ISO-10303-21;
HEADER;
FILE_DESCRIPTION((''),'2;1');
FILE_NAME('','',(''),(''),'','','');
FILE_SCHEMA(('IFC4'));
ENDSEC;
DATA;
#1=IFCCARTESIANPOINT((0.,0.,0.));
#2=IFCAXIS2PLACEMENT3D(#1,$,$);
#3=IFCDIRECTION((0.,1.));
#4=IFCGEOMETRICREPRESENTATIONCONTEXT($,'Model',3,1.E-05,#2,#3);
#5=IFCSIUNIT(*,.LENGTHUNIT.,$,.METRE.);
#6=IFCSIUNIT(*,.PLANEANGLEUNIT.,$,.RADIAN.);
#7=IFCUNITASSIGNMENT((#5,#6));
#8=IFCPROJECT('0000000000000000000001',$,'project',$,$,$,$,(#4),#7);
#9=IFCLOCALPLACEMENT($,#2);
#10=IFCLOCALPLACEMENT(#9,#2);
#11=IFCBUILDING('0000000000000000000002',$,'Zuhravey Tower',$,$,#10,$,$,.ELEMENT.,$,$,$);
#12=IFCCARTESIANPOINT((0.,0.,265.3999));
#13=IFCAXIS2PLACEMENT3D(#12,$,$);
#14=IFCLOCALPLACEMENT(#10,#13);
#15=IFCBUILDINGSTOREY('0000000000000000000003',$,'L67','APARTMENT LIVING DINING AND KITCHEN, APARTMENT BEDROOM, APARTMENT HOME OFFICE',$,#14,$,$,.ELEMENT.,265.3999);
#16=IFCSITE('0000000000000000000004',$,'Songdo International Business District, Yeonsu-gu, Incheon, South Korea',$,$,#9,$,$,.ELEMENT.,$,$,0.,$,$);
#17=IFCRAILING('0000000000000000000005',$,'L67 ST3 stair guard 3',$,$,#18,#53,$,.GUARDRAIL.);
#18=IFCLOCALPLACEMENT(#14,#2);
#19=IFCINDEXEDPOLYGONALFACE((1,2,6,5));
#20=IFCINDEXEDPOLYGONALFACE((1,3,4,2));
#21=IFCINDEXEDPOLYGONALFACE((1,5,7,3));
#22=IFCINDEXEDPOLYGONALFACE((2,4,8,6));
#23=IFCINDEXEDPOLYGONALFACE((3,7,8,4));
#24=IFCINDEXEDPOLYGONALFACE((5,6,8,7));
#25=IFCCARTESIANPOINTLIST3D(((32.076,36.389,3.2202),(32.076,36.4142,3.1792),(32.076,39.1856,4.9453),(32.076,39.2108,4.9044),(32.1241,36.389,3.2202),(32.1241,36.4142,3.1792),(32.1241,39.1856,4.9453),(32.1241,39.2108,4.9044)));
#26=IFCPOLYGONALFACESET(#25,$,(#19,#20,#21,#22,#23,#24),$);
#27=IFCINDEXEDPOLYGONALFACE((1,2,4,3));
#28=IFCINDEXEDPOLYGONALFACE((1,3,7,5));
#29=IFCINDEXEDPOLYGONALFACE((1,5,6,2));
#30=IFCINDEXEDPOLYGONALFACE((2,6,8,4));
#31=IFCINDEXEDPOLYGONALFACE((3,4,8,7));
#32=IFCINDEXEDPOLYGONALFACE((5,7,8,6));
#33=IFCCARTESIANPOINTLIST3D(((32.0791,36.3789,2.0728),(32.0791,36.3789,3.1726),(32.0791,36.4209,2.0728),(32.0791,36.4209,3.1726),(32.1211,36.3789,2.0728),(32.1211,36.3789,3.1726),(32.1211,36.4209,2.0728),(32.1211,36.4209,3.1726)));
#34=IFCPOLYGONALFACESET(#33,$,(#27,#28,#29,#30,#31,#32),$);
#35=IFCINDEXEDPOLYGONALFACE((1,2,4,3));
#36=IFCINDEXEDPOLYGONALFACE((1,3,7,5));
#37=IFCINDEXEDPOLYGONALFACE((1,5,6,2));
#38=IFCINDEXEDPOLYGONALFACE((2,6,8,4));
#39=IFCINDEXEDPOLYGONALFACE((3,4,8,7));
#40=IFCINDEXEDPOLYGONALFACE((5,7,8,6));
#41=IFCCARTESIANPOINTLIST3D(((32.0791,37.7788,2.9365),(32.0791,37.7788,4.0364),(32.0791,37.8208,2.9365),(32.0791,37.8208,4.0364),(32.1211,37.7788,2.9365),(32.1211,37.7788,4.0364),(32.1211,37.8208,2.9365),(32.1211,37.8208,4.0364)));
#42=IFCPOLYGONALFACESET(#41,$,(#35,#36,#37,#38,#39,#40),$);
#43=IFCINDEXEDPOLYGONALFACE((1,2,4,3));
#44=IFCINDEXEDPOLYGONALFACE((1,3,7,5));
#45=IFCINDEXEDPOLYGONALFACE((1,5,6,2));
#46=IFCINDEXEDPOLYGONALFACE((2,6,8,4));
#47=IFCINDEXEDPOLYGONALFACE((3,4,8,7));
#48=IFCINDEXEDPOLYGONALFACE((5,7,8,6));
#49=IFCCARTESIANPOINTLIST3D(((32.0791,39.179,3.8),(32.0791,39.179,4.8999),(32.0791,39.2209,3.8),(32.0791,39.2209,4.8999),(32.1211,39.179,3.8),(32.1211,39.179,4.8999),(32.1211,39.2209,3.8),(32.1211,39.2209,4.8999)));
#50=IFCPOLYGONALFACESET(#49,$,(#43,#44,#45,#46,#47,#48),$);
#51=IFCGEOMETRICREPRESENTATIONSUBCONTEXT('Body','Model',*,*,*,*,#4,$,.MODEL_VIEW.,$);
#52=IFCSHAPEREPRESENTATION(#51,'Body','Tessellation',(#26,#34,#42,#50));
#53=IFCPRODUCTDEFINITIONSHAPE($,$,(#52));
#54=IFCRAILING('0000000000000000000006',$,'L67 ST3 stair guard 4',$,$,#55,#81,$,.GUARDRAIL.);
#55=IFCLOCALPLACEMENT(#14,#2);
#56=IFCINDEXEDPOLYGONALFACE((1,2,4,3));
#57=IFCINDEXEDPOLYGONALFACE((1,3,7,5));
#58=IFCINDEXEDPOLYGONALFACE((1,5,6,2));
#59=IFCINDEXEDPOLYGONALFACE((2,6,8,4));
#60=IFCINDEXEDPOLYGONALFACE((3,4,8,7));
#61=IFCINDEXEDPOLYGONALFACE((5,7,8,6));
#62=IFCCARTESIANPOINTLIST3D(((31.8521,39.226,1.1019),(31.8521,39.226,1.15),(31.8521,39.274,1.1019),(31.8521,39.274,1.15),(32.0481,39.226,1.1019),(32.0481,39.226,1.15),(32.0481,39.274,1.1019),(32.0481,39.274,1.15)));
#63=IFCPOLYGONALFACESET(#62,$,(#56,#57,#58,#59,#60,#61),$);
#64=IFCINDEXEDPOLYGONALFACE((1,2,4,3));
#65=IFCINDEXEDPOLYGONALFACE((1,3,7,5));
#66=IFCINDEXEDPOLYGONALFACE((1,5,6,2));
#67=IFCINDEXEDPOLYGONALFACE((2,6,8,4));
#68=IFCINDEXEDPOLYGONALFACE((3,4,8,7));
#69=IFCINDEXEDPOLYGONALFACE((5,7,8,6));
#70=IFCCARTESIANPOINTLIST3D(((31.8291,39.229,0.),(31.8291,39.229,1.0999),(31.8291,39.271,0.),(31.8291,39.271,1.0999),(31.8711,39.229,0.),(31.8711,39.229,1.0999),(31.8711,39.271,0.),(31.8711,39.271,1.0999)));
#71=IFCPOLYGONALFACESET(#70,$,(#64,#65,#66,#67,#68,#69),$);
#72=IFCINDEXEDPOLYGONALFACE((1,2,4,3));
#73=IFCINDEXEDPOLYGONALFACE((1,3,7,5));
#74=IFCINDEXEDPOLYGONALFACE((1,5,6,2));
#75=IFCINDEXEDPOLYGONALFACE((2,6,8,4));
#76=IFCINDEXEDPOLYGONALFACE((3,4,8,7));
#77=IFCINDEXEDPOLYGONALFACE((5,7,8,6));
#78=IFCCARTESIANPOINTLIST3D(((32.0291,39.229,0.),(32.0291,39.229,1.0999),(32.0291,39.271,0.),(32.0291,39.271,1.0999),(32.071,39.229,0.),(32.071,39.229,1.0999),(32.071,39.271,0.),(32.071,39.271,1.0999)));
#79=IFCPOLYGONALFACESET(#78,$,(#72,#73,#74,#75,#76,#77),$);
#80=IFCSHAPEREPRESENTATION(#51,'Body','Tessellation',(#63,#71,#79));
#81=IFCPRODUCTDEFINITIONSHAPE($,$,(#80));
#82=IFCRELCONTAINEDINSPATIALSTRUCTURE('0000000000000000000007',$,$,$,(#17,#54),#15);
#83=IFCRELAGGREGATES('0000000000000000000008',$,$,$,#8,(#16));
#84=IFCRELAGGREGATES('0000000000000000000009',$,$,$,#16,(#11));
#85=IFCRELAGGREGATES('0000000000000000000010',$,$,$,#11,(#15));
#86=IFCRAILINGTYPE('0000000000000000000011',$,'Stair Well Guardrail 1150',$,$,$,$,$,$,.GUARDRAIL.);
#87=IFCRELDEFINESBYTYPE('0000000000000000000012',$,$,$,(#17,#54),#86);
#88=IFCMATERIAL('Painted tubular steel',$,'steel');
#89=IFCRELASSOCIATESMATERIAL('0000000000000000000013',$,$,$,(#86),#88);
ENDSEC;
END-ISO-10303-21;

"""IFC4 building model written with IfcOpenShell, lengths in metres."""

from ifc_helpers import new_model, si_unit, direction, frame, origin, origin_2d, place, context, subcontext, project, spatial, rectangle, extrude, material, type_object, element, save


model = new_model("IFC4")

# Units and contexts
model_context = context("Model", 3, precision=1e-05, world=origin(), true_north=direction((0.0, 1.0)))
body_context = subcontext(model_context, "Body", "Model", "MODEL_VIEW")
ifc_project = project(units=[si_unit("LENGTHUNIT", "METRE"), si_unit("PLANEANGLEUNIT", "RADIAN")], contexts=[model_context])

# Site, building, storey
site_placement = place(None, origin())
site = spatial("IfcSite", under=ifc_project, at=site_placement, Name="Songdo International Business District, Yeonsu-gu, Incheon, South Korea", CompositionType="ELEMENT", RefElevation=0.0)
building_placement = place(site_placement, origin())
building = spatial("IfcBuilding", under=site, at=building_placement, Name="Zuhravey Tower", CompositionType="ELEMENT")
storey_placement = place(building_placement, frame((0.0, 0.0, 265.3999)))
storey = spatial("IfcBuildingStorey", under=building, at=storey_placement, Name="L67", Description="APARTMENT LIVING DINING AND KITCHEN, APARTMENT BEDROOM, APARTMENT HOME OFFICE", CompositionType="ELEMENT", Elevation=265.3999)

# Railings
ifc_material_1 = material(Name="Painted tubular steel", Category="steel")
railing_type_1 = type_object("IfcRailingType", Name="Stair Well Guardrail 1150", PredefinedType="GUARDRAIL", material=ifc_material_1)
railing_1_placement = place(storey_placement, frame((32.1001, 36.3999, 2.0728)))
element("IfcRailing", 1, at=railing_1_placement, inside=storey, type_object=railing_type_1, Name="L67 ST3 stair guard 3", PredefinedType="GUARDRAIL", context=body_context, shape_type="SweptSolid", body=[
    extrude(rectangle(XDim=0.0481, YDim=0.0481, at=origin_2d()), frame((0.0, 0.0017, 1.127), z_axis=(0.0, 0.85109, 0.52502), x_axis=(-1.0, 0.0, 0.0)), (0.0, 0.0, 1.0), 3.2859),
    extrude(rectangle(XDim=0.042, YDim=0.042, at=origin_2d()), origin(), (0.0, 0.0, 1.0), 1.0999),
    extrude(rectangle(XDim=0.042, YDim=0.042, at=origin_2d()), frame((0.0, 1.3999, 0.8638)), (0.0, 0.0, 1.0), 1.0999),
    extrude(rectangle(XDim=0.042, YDim=0.042, at=origin_2d()), frame((0.0, 2.8, 1.7273)), (0.0, 0.0, 1.0), 1.0999),
])
railing_2_placement = place(storey_placement, frame((31.8501, 39.25, 0.0)))
element("IfcRailing", 2, at=railing_2_placement, inside=storey, type_object=railing_type_1, Name="L67 ST3 stair guard 4", PredefinedType="GUARDRAIL", context=body_context, shape_type="SweptSolid", body=[
    extrude(rectangle(XDim=0.0481, YDim=0.0481, at=origin_2d()), frame((0.002, 0.0, 1.126), z_axis=(1.0, 0.0, 0.0), x_axis=(0.0, 1.0, 0.0)), (0.0, 0.0, 1.0), 0.196),
    extrude(rectangle(XDim=0.042, YDim=0.042, at=origin_2d()), origin(), (0.0, 0.0, 1.0), 1.0999),
    extrude(rectangle(XDim=0.042, YDim=0.042, at=origin_2d()), frame((0.2, 0.0, 0.0)), (0.0, 0.0, 1.0), 1.0999),
])

save(model, "model.ifc")
